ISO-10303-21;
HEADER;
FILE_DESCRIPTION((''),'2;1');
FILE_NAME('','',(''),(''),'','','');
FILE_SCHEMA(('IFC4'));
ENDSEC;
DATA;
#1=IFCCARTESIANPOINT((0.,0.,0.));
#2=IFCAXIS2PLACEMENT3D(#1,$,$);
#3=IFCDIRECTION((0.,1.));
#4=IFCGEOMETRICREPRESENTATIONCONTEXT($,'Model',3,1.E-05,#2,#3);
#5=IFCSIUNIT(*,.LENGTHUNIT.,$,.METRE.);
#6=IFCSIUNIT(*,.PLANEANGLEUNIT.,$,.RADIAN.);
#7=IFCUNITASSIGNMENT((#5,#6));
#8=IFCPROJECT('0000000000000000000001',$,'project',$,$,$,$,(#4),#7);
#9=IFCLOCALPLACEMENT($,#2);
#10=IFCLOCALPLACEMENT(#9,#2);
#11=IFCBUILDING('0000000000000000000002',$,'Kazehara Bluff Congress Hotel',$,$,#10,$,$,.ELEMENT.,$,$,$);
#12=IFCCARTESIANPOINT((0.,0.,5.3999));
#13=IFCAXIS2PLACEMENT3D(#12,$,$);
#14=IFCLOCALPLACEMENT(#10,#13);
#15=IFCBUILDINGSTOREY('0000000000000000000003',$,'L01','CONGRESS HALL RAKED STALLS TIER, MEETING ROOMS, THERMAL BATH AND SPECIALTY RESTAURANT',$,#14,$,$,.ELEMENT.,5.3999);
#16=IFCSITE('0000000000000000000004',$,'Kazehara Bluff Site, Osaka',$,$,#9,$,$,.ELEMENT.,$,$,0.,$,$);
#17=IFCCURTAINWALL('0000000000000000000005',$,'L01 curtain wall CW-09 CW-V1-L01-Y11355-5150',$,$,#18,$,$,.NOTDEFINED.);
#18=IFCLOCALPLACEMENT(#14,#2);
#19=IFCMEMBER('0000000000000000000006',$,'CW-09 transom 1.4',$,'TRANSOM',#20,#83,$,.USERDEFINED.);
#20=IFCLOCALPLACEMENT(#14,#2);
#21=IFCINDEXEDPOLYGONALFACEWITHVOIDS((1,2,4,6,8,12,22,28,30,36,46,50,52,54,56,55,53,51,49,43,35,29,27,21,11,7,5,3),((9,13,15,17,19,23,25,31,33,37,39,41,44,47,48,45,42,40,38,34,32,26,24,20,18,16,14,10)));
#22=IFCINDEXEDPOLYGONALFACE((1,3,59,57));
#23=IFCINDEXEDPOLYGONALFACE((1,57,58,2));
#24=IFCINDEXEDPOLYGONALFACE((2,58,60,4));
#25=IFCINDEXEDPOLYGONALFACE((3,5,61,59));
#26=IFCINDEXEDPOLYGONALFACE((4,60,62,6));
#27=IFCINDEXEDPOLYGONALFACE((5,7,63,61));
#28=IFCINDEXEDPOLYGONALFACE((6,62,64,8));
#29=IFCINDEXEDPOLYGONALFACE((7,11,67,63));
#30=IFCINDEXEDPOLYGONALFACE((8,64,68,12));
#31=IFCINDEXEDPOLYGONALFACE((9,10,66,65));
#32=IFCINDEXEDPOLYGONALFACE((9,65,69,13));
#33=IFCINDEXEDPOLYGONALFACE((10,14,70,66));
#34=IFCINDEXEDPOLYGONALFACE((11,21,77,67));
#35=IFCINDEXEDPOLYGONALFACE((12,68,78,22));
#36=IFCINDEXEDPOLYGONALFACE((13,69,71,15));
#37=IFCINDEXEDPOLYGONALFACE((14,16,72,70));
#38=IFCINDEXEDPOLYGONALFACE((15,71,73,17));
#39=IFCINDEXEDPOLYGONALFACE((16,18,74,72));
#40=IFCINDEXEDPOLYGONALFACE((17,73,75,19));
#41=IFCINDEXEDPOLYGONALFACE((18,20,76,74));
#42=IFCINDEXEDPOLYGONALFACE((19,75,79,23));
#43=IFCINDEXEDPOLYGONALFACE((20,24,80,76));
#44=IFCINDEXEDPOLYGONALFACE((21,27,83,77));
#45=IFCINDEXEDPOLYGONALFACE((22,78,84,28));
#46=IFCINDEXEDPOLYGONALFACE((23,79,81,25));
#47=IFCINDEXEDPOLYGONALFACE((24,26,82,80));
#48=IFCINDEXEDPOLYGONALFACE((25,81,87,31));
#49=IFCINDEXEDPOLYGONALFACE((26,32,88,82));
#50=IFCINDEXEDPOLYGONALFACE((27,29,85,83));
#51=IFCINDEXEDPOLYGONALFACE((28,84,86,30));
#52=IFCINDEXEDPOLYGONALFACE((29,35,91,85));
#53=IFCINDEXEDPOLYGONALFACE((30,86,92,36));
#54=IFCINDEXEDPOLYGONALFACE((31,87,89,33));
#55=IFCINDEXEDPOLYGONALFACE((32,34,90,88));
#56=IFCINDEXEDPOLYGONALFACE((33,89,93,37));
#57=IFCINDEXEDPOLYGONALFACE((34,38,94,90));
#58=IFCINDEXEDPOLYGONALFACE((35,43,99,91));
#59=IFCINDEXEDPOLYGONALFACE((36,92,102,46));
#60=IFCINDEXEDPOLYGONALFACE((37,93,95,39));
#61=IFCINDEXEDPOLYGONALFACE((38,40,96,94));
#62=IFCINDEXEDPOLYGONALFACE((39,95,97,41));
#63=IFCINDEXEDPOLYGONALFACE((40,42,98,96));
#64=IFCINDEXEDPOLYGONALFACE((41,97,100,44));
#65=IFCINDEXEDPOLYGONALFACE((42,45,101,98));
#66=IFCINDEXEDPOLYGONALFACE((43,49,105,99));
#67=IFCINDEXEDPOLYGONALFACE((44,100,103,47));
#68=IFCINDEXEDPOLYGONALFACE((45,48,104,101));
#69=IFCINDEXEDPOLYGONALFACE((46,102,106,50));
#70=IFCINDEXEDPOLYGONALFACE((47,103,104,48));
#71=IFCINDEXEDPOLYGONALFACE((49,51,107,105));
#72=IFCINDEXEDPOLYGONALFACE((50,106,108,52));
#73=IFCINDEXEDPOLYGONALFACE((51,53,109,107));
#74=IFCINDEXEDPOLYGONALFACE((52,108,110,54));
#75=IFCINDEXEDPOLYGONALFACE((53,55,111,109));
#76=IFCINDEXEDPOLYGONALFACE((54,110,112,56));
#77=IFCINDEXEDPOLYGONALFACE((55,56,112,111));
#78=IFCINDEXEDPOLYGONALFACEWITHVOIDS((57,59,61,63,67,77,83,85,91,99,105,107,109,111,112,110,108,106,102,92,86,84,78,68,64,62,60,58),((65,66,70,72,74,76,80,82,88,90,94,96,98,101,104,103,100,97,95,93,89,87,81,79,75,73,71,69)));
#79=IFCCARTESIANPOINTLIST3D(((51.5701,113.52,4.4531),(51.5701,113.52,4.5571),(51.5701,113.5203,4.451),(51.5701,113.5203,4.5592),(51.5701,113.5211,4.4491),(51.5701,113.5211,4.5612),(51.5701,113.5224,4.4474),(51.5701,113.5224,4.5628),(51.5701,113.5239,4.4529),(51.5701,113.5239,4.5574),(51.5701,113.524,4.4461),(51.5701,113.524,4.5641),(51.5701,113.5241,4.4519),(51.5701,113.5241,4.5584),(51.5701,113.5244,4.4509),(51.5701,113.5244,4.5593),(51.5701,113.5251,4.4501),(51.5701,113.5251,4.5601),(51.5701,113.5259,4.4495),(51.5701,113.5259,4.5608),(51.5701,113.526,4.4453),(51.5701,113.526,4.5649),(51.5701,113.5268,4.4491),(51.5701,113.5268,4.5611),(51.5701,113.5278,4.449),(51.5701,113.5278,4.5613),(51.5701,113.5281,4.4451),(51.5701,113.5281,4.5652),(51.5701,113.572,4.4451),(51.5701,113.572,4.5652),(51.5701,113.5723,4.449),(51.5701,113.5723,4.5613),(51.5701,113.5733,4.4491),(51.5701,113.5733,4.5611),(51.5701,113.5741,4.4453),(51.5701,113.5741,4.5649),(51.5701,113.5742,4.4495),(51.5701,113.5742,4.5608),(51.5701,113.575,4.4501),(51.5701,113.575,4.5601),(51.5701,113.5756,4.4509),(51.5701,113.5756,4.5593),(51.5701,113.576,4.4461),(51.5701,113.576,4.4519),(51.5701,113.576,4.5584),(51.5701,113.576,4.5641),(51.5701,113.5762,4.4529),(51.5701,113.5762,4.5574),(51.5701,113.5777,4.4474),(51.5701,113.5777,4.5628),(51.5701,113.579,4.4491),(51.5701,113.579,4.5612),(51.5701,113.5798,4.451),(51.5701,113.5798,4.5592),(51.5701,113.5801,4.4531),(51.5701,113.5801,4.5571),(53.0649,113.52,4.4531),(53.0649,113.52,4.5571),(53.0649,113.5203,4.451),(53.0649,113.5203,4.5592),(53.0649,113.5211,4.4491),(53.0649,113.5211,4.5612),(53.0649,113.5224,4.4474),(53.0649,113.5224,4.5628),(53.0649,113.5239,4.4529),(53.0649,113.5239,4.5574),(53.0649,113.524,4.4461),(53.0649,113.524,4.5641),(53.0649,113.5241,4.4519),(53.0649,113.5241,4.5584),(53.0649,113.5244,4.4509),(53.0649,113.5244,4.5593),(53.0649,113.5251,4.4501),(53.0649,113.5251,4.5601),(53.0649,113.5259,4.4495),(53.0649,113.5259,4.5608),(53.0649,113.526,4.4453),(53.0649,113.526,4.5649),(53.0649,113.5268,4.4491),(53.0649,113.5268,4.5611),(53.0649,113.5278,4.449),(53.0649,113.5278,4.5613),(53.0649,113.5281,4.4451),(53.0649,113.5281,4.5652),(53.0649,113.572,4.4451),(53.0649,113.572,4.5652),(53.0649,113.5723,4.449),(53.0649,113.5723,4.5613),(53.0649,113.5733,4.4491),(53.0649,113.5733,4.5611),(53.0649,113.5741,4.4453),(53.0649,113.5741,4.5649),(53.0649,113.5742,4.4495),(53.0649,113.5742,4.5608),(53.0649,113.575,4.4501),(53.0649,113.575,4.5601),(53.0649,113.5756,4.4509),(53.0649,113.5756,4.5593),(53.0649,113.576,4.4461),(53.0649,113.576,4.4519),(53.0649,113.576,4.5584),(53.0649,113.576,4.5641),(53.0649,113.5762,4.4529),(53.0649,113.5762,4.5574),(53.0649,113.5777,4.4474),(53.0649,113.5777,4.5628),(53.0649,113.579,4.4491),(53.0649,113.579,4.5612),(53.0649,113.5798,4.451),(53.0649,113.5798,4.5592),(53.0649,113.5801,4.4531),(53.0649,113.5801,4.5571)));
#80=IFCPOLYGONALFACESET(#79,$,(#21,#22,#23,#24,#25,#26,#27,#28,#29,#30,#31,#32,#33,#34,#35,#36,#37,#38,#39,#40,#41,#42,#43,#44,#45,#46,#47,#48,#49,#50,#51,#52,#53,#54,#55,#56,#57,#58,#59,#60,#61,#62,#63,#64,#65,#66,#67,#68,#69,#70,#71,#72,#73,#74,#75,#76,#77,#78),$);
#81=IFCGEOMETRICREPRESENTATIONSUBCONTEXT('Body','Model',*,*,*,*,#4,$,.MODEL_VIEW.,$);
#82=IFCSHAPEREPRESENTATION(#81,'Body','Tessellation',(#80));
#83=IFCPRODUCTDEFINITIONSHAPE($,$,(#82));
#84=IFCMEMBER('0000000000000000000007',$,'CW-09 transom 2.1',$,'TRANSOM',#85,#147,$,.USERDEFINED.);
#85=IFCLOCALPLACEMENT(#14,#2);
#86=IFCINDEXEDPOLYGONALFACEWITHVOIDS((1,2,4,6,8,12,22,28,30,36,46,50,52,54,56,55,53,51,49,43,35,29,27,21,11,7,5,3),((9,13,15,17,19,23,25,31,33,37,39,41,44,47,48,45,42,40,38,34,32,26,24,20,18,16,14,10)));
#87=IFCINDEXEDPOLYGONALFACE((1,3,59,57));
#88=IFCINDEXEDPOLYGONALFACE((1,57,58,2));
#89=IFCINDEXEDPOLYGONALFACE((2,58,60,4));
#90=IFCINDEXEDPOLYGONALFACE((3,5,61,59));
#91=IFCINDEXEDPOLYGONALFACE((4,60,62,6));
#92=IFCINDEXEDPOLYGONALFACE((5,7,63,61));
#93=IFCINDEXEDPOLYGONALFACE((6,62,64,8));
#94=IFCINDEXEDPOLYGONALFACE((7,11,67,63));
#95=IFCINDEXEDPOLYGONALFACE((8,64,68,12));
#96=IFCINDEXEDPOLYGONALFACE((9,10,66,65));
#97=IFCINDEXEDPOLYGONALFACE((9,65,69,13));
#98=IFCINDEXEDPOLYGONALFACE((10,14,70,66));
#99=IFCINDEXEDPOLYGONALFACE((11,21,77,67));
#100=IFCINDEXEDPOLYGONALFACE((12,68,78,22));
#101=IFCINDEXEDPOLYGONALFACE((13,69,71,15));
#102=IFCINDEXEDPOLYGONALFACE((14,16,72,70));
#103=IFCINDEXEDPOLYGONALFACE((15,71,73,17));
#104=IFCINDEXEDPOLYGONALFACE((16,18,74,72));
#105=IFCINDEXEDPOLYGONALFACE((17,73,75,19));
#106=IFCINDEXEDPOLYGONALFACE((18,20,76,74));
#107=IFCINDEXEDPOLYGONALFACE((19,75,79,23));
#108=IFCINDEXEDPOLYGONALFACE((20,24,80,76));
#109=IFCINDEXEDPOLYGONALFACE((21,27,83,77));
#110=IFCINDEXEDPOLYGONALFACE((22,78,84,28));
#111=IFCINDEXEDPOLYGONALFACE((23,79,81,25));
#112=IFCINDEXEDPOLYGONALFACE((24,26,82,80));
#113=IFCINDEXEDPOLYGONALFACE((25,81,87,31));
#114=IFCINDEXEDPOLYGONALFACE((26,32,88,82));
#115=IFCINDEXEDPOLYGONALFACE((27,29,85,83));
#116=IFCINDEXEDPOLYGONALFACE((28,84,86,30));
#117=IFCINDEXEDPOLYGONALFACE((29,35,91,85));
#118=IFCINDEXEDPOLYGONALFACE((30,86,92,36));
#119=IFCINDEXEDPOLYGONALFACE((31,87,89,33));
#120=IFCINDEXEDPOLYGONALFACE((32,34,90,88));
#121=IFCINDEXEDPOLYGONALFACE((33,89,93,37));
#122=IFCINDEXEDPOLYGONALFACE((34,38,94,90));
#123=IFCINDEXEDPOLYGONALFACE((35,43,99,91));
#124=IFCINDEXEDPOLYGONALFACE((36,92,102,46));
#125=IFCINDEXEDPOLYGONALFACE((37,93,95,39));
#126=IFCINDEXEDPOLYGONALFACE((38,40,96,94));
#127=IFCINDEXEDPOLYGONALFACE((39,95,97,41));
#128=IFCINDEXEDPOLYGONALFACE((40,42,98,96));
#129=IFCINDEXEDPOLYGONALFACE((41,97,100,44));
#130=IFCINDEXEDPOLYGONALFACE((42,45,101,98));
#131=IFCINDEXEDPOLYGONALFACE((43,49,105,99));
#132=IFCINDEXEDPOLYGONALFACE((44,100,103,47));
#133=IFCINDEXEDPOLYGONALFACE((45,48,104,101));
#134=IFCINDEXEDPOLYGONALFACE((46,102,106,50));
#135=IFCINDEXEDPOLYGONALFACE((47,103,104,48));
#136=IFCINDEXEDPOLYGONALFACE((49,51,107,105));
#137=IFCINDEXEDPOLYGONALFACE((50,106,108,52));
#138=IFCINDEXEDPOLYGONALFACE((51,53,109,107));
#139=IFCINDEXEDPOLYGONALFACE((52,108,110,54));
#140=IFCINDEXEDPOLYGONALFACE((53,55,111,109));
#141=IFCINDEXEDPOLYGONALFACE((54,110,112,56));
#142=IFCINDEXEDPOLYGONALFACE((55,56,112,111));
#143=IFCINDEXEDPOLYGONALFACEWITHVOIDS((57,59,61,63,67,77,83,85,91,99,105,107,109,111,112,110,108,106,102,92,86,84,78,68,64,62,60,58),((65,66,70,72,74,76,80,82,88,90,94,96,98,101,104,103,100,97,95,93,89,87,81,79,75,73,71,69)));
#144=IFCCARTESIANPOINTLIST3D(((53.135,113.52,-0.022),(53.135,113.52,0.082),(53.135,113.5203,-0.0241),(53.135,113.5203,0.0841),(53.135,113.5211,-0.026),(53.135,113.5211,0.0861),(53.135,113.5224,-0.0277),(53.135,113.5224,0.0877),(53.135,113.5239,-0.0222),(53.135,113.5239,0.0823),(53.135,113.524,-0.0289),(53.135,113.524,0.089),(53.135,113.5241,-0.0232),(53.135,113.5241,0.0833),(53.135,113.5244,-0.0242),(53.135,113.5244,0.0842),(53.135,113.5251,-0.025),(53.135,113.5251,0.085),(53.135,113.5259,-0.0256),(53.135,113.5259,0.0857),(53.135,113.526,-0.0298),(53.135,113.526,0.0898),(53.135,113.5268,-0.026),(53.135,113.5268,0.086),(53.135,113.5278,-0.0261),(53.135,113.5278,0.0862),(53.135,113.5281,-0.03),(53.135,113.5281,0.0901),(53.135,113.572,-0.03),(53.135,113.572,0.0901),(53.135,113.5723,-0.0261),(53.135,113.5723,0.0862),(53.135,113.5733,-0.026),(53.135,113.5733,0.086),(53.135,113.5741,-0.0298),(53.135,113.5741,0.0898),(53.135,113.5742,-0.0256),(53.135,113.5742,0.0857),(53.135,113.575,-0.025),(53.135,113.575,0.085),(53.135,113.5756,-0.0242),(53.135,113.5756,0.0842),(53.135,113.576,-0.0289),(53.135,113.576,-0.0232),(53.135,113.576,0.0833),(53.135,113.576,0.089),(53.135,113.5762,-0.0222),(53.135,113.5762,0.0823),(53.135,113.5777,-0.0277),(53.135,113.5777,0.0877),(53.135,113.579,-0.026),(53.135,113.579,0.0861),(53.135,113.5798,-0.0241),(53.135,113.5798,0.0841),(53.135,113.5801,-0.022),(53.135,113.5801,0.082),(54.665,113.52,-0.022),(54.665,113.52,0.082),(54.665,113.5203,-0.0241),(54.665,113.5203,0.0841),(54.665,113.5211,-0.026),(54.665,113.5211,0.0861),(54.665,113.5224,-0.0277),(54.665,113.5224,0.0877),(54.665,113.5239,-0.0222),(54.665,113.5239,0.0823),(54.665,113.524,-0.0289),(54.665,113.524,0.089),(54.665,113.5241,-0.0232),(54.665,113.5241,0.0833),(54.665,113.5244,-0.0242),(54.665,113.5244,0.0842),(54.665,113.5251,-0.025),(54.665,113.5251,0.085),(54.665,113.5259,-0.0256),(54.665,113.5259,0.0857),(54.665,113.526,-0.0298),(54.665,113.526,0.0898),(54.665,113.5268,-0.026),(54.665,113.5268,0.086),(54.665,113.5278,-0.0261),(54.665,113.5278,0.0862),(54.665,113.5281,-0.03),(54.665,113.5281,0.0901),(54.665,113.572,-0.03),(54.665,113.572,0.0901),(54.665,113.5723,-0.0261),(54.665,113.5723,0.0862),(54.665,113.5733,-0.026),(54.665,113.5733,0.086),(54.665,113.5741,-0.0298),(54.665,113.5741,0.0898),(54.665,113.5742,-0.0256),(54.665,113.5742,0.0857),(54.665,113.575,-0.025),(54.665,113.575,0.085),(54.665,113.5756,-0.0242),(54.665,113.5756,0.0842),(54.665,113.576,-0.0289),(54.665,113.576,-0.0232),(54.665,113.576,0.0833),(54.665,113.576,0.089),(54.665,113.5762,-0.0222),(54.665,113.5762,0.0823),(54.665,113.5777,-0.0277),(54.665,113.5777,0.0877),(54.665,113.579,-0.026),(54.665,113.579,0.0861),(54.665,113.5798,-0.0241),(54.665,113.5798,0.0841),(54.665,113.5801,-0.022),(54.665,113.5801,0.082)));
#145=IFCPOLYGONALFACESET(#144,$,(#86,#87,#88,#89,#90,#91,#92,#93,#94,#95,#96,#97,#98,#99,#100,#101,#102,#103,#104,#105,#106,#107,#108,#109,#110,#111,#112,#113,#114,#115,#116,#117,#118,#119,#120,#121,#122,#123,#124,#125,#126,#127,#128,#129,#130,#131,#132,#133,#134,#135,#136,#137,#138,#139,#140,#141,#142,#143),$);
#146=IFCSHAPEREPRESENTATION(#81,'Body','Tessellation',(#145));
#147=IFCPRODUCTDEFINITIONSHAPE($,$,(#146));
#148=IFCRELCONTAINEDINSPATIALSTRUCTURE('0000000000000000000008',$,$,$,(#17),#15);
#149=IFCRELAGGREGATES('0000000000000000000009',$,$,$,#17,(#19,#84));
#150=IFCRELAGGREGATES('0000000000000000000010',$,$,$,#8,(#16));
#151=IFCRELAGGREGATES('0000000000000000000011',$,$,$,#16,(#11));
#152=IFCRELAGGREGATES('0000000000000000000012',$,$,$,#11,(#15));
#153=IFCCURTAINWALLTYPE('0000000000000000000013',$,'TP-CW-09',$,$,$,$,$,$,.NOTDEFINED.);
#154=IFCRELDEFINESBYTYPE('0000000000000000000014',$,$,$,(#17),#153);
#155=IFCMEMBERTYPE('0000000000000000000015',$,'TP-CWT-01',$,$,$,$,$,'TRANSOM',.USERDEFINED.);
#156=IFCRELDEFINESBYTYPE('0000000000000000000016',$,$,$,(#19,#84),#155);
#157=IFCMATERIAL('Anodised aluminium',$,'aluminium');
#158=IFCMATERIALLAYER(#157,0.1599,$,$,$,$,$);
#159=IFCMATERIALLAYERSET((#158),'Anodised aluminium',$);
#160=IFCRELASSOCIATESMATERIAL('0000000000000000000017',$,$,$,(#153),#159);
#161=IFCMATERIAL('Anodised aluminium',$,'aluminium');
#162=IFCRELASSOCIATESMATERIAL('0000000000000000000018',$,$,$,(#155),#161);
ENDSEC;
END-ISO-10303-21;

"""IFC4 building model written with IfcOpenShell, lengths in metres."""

from ifc_helpers import new_model, si_unit, direction, frame, origin, origin_2d, place, context, subcontext, project, spatial, hollow_rectangle, extrude, material, layer, layer_set, material_profile, profile_set, type_object, element, aggregate, save


model = new_model("IFC4")

# Units and contexts
model_context = context("Model", 3, precision=1e-05, world=origin(), true_north=direction((0.0, 1.0)))
body_context = subcontext(model_context, "Body", "Model", "MODEL_VIEW")
ifc_project = project(units=[si_unit("LENGTHUNIT", "METRE"), si_unit("PLANEANGLEUNIT", "RADIAN")], contexts=[model_context])

# Site, building, storey
site_placement = place(None, origin())
site = spatial("IfcSite", under=ifc_project, at=site_placement, Name="Kazehara Bluff Site, Osaka", CompositionType="ELEMENT", RefElevation=0.0)
building_placement = place(site_placement, origin())
building = spatial("IfcBuilding", under=site, at=building_placement, Name="Kazehara Bluff Congress Hotel", CompositionType="ELEMENT")
storey_placement = place(building_placement, frame((0.0, 0.0, 5.3999)))
storey = spatial("IfcBuildingStorey", under=building, at=storey_placement, Name="L01", Description="CONGRESS HALL RAKED STALLS TIER, MEETING ROOMS, THERMAL BATH AND SPECIALTY RESTAURANT", CompositionType="ELEMENT", Elevation=5.3999)

# Curtain wall, members
ifc_material_1 = material(Name="Anodised aluminium", Category="aluminium")
ifc_layer_1 = layer(ifc_material_1, 0.1599)
ifc_layer_set_1 = layer_set([ifc_layer_1], Name="Anodised aluminium")
curtain_wall_type = type_object("IfcCurtainWallType", Name="TP-CW-09", PredefinedType="NOTDEFINED", material=ifc_layer_set_1)
curtain_wall_placement = place(storey_placement, origin())
curtain_wall = element("IfcCurtainWall", 1, at=curtain_wall_placement, inside=storey, type_object=curtain_wall_type, Name="L01 curtain wall CW-09 CW-V1-L01-Y11355-5150", PredefinedType="NOTDEFINED")
ifc_material_2 = material(Name="Anodised aluminium", Category="aluminium")
ifc_material_profile_1 = material_profile(ifc_material_2, hollow_rectangle(XDim=0.0601, YDim=0.1201, WallThickness=0.0039, InnerFilletRadius=0.0039, OuterFilletRadius=0.0081, at=origin_2d()))
ifc_profile_set_1 = profile_set([ifc_material_profile_1], Name="Anodised aluminium")
member_type_1 = type_object("IfcMemberType", Name="TP-CWT-01", ElementType="TRANSOM", PredefinedType="USERDEFINED", material=ifc_profile_set_1)
member_1_placement = place(storey_placement, frame((51.5701, 113.55, 4.5051), z_axis=(1.0, 0.0, 0.0), x_axis=(0.0, 1.0, 0.0)))
member_1 = element("IfcMember", 2, at=member_1_placement, type_object=member_type_1, Name="CW-09 transom 1.4", ObjectType="TRANSOM", PredefinedType="USERDEFINED", context=body_context, shape_type="SweptSolid", body=[
    extrude(hollow_rectangle(XDim=0.0601, YDim=0.1201, WallThickness=0.0039, InnerFilletRadius=0.0039, OuterFilletRadius=0.0081, at=origin_2d()), origin(), (0.0, 0.0, 1.0), 1.4949),
])
member_2_placement = place(storey_placement, frame((53.135, 113.55, 0.03), z_axis=(1.0, 0.0, 0.0), x_axis=(0.0, 1.0, 0.0)))
member_2 = element("IfcMember", 3, at=member_2_placement, type_object=member_type_1, Name="CW-09 transom 2.1", ObjectType="TRANSOM", PredefinedType="USERDEFINED", context=body_context, shape_type="SweptSolid", body=[
    extrude(hollow_rectangle(XDim=0.0601, YDim=0.1201, WallThickness=0.0039, InnerFilletRadius=0.0039, OuterFilletRadius=0.0081, at=origin_2d()), origin(), (0.0, 0.0, 1.0), 1.53),
])
aggregate(curtain_wall, [member_1, member_2])

save(model, "model.ifc")
